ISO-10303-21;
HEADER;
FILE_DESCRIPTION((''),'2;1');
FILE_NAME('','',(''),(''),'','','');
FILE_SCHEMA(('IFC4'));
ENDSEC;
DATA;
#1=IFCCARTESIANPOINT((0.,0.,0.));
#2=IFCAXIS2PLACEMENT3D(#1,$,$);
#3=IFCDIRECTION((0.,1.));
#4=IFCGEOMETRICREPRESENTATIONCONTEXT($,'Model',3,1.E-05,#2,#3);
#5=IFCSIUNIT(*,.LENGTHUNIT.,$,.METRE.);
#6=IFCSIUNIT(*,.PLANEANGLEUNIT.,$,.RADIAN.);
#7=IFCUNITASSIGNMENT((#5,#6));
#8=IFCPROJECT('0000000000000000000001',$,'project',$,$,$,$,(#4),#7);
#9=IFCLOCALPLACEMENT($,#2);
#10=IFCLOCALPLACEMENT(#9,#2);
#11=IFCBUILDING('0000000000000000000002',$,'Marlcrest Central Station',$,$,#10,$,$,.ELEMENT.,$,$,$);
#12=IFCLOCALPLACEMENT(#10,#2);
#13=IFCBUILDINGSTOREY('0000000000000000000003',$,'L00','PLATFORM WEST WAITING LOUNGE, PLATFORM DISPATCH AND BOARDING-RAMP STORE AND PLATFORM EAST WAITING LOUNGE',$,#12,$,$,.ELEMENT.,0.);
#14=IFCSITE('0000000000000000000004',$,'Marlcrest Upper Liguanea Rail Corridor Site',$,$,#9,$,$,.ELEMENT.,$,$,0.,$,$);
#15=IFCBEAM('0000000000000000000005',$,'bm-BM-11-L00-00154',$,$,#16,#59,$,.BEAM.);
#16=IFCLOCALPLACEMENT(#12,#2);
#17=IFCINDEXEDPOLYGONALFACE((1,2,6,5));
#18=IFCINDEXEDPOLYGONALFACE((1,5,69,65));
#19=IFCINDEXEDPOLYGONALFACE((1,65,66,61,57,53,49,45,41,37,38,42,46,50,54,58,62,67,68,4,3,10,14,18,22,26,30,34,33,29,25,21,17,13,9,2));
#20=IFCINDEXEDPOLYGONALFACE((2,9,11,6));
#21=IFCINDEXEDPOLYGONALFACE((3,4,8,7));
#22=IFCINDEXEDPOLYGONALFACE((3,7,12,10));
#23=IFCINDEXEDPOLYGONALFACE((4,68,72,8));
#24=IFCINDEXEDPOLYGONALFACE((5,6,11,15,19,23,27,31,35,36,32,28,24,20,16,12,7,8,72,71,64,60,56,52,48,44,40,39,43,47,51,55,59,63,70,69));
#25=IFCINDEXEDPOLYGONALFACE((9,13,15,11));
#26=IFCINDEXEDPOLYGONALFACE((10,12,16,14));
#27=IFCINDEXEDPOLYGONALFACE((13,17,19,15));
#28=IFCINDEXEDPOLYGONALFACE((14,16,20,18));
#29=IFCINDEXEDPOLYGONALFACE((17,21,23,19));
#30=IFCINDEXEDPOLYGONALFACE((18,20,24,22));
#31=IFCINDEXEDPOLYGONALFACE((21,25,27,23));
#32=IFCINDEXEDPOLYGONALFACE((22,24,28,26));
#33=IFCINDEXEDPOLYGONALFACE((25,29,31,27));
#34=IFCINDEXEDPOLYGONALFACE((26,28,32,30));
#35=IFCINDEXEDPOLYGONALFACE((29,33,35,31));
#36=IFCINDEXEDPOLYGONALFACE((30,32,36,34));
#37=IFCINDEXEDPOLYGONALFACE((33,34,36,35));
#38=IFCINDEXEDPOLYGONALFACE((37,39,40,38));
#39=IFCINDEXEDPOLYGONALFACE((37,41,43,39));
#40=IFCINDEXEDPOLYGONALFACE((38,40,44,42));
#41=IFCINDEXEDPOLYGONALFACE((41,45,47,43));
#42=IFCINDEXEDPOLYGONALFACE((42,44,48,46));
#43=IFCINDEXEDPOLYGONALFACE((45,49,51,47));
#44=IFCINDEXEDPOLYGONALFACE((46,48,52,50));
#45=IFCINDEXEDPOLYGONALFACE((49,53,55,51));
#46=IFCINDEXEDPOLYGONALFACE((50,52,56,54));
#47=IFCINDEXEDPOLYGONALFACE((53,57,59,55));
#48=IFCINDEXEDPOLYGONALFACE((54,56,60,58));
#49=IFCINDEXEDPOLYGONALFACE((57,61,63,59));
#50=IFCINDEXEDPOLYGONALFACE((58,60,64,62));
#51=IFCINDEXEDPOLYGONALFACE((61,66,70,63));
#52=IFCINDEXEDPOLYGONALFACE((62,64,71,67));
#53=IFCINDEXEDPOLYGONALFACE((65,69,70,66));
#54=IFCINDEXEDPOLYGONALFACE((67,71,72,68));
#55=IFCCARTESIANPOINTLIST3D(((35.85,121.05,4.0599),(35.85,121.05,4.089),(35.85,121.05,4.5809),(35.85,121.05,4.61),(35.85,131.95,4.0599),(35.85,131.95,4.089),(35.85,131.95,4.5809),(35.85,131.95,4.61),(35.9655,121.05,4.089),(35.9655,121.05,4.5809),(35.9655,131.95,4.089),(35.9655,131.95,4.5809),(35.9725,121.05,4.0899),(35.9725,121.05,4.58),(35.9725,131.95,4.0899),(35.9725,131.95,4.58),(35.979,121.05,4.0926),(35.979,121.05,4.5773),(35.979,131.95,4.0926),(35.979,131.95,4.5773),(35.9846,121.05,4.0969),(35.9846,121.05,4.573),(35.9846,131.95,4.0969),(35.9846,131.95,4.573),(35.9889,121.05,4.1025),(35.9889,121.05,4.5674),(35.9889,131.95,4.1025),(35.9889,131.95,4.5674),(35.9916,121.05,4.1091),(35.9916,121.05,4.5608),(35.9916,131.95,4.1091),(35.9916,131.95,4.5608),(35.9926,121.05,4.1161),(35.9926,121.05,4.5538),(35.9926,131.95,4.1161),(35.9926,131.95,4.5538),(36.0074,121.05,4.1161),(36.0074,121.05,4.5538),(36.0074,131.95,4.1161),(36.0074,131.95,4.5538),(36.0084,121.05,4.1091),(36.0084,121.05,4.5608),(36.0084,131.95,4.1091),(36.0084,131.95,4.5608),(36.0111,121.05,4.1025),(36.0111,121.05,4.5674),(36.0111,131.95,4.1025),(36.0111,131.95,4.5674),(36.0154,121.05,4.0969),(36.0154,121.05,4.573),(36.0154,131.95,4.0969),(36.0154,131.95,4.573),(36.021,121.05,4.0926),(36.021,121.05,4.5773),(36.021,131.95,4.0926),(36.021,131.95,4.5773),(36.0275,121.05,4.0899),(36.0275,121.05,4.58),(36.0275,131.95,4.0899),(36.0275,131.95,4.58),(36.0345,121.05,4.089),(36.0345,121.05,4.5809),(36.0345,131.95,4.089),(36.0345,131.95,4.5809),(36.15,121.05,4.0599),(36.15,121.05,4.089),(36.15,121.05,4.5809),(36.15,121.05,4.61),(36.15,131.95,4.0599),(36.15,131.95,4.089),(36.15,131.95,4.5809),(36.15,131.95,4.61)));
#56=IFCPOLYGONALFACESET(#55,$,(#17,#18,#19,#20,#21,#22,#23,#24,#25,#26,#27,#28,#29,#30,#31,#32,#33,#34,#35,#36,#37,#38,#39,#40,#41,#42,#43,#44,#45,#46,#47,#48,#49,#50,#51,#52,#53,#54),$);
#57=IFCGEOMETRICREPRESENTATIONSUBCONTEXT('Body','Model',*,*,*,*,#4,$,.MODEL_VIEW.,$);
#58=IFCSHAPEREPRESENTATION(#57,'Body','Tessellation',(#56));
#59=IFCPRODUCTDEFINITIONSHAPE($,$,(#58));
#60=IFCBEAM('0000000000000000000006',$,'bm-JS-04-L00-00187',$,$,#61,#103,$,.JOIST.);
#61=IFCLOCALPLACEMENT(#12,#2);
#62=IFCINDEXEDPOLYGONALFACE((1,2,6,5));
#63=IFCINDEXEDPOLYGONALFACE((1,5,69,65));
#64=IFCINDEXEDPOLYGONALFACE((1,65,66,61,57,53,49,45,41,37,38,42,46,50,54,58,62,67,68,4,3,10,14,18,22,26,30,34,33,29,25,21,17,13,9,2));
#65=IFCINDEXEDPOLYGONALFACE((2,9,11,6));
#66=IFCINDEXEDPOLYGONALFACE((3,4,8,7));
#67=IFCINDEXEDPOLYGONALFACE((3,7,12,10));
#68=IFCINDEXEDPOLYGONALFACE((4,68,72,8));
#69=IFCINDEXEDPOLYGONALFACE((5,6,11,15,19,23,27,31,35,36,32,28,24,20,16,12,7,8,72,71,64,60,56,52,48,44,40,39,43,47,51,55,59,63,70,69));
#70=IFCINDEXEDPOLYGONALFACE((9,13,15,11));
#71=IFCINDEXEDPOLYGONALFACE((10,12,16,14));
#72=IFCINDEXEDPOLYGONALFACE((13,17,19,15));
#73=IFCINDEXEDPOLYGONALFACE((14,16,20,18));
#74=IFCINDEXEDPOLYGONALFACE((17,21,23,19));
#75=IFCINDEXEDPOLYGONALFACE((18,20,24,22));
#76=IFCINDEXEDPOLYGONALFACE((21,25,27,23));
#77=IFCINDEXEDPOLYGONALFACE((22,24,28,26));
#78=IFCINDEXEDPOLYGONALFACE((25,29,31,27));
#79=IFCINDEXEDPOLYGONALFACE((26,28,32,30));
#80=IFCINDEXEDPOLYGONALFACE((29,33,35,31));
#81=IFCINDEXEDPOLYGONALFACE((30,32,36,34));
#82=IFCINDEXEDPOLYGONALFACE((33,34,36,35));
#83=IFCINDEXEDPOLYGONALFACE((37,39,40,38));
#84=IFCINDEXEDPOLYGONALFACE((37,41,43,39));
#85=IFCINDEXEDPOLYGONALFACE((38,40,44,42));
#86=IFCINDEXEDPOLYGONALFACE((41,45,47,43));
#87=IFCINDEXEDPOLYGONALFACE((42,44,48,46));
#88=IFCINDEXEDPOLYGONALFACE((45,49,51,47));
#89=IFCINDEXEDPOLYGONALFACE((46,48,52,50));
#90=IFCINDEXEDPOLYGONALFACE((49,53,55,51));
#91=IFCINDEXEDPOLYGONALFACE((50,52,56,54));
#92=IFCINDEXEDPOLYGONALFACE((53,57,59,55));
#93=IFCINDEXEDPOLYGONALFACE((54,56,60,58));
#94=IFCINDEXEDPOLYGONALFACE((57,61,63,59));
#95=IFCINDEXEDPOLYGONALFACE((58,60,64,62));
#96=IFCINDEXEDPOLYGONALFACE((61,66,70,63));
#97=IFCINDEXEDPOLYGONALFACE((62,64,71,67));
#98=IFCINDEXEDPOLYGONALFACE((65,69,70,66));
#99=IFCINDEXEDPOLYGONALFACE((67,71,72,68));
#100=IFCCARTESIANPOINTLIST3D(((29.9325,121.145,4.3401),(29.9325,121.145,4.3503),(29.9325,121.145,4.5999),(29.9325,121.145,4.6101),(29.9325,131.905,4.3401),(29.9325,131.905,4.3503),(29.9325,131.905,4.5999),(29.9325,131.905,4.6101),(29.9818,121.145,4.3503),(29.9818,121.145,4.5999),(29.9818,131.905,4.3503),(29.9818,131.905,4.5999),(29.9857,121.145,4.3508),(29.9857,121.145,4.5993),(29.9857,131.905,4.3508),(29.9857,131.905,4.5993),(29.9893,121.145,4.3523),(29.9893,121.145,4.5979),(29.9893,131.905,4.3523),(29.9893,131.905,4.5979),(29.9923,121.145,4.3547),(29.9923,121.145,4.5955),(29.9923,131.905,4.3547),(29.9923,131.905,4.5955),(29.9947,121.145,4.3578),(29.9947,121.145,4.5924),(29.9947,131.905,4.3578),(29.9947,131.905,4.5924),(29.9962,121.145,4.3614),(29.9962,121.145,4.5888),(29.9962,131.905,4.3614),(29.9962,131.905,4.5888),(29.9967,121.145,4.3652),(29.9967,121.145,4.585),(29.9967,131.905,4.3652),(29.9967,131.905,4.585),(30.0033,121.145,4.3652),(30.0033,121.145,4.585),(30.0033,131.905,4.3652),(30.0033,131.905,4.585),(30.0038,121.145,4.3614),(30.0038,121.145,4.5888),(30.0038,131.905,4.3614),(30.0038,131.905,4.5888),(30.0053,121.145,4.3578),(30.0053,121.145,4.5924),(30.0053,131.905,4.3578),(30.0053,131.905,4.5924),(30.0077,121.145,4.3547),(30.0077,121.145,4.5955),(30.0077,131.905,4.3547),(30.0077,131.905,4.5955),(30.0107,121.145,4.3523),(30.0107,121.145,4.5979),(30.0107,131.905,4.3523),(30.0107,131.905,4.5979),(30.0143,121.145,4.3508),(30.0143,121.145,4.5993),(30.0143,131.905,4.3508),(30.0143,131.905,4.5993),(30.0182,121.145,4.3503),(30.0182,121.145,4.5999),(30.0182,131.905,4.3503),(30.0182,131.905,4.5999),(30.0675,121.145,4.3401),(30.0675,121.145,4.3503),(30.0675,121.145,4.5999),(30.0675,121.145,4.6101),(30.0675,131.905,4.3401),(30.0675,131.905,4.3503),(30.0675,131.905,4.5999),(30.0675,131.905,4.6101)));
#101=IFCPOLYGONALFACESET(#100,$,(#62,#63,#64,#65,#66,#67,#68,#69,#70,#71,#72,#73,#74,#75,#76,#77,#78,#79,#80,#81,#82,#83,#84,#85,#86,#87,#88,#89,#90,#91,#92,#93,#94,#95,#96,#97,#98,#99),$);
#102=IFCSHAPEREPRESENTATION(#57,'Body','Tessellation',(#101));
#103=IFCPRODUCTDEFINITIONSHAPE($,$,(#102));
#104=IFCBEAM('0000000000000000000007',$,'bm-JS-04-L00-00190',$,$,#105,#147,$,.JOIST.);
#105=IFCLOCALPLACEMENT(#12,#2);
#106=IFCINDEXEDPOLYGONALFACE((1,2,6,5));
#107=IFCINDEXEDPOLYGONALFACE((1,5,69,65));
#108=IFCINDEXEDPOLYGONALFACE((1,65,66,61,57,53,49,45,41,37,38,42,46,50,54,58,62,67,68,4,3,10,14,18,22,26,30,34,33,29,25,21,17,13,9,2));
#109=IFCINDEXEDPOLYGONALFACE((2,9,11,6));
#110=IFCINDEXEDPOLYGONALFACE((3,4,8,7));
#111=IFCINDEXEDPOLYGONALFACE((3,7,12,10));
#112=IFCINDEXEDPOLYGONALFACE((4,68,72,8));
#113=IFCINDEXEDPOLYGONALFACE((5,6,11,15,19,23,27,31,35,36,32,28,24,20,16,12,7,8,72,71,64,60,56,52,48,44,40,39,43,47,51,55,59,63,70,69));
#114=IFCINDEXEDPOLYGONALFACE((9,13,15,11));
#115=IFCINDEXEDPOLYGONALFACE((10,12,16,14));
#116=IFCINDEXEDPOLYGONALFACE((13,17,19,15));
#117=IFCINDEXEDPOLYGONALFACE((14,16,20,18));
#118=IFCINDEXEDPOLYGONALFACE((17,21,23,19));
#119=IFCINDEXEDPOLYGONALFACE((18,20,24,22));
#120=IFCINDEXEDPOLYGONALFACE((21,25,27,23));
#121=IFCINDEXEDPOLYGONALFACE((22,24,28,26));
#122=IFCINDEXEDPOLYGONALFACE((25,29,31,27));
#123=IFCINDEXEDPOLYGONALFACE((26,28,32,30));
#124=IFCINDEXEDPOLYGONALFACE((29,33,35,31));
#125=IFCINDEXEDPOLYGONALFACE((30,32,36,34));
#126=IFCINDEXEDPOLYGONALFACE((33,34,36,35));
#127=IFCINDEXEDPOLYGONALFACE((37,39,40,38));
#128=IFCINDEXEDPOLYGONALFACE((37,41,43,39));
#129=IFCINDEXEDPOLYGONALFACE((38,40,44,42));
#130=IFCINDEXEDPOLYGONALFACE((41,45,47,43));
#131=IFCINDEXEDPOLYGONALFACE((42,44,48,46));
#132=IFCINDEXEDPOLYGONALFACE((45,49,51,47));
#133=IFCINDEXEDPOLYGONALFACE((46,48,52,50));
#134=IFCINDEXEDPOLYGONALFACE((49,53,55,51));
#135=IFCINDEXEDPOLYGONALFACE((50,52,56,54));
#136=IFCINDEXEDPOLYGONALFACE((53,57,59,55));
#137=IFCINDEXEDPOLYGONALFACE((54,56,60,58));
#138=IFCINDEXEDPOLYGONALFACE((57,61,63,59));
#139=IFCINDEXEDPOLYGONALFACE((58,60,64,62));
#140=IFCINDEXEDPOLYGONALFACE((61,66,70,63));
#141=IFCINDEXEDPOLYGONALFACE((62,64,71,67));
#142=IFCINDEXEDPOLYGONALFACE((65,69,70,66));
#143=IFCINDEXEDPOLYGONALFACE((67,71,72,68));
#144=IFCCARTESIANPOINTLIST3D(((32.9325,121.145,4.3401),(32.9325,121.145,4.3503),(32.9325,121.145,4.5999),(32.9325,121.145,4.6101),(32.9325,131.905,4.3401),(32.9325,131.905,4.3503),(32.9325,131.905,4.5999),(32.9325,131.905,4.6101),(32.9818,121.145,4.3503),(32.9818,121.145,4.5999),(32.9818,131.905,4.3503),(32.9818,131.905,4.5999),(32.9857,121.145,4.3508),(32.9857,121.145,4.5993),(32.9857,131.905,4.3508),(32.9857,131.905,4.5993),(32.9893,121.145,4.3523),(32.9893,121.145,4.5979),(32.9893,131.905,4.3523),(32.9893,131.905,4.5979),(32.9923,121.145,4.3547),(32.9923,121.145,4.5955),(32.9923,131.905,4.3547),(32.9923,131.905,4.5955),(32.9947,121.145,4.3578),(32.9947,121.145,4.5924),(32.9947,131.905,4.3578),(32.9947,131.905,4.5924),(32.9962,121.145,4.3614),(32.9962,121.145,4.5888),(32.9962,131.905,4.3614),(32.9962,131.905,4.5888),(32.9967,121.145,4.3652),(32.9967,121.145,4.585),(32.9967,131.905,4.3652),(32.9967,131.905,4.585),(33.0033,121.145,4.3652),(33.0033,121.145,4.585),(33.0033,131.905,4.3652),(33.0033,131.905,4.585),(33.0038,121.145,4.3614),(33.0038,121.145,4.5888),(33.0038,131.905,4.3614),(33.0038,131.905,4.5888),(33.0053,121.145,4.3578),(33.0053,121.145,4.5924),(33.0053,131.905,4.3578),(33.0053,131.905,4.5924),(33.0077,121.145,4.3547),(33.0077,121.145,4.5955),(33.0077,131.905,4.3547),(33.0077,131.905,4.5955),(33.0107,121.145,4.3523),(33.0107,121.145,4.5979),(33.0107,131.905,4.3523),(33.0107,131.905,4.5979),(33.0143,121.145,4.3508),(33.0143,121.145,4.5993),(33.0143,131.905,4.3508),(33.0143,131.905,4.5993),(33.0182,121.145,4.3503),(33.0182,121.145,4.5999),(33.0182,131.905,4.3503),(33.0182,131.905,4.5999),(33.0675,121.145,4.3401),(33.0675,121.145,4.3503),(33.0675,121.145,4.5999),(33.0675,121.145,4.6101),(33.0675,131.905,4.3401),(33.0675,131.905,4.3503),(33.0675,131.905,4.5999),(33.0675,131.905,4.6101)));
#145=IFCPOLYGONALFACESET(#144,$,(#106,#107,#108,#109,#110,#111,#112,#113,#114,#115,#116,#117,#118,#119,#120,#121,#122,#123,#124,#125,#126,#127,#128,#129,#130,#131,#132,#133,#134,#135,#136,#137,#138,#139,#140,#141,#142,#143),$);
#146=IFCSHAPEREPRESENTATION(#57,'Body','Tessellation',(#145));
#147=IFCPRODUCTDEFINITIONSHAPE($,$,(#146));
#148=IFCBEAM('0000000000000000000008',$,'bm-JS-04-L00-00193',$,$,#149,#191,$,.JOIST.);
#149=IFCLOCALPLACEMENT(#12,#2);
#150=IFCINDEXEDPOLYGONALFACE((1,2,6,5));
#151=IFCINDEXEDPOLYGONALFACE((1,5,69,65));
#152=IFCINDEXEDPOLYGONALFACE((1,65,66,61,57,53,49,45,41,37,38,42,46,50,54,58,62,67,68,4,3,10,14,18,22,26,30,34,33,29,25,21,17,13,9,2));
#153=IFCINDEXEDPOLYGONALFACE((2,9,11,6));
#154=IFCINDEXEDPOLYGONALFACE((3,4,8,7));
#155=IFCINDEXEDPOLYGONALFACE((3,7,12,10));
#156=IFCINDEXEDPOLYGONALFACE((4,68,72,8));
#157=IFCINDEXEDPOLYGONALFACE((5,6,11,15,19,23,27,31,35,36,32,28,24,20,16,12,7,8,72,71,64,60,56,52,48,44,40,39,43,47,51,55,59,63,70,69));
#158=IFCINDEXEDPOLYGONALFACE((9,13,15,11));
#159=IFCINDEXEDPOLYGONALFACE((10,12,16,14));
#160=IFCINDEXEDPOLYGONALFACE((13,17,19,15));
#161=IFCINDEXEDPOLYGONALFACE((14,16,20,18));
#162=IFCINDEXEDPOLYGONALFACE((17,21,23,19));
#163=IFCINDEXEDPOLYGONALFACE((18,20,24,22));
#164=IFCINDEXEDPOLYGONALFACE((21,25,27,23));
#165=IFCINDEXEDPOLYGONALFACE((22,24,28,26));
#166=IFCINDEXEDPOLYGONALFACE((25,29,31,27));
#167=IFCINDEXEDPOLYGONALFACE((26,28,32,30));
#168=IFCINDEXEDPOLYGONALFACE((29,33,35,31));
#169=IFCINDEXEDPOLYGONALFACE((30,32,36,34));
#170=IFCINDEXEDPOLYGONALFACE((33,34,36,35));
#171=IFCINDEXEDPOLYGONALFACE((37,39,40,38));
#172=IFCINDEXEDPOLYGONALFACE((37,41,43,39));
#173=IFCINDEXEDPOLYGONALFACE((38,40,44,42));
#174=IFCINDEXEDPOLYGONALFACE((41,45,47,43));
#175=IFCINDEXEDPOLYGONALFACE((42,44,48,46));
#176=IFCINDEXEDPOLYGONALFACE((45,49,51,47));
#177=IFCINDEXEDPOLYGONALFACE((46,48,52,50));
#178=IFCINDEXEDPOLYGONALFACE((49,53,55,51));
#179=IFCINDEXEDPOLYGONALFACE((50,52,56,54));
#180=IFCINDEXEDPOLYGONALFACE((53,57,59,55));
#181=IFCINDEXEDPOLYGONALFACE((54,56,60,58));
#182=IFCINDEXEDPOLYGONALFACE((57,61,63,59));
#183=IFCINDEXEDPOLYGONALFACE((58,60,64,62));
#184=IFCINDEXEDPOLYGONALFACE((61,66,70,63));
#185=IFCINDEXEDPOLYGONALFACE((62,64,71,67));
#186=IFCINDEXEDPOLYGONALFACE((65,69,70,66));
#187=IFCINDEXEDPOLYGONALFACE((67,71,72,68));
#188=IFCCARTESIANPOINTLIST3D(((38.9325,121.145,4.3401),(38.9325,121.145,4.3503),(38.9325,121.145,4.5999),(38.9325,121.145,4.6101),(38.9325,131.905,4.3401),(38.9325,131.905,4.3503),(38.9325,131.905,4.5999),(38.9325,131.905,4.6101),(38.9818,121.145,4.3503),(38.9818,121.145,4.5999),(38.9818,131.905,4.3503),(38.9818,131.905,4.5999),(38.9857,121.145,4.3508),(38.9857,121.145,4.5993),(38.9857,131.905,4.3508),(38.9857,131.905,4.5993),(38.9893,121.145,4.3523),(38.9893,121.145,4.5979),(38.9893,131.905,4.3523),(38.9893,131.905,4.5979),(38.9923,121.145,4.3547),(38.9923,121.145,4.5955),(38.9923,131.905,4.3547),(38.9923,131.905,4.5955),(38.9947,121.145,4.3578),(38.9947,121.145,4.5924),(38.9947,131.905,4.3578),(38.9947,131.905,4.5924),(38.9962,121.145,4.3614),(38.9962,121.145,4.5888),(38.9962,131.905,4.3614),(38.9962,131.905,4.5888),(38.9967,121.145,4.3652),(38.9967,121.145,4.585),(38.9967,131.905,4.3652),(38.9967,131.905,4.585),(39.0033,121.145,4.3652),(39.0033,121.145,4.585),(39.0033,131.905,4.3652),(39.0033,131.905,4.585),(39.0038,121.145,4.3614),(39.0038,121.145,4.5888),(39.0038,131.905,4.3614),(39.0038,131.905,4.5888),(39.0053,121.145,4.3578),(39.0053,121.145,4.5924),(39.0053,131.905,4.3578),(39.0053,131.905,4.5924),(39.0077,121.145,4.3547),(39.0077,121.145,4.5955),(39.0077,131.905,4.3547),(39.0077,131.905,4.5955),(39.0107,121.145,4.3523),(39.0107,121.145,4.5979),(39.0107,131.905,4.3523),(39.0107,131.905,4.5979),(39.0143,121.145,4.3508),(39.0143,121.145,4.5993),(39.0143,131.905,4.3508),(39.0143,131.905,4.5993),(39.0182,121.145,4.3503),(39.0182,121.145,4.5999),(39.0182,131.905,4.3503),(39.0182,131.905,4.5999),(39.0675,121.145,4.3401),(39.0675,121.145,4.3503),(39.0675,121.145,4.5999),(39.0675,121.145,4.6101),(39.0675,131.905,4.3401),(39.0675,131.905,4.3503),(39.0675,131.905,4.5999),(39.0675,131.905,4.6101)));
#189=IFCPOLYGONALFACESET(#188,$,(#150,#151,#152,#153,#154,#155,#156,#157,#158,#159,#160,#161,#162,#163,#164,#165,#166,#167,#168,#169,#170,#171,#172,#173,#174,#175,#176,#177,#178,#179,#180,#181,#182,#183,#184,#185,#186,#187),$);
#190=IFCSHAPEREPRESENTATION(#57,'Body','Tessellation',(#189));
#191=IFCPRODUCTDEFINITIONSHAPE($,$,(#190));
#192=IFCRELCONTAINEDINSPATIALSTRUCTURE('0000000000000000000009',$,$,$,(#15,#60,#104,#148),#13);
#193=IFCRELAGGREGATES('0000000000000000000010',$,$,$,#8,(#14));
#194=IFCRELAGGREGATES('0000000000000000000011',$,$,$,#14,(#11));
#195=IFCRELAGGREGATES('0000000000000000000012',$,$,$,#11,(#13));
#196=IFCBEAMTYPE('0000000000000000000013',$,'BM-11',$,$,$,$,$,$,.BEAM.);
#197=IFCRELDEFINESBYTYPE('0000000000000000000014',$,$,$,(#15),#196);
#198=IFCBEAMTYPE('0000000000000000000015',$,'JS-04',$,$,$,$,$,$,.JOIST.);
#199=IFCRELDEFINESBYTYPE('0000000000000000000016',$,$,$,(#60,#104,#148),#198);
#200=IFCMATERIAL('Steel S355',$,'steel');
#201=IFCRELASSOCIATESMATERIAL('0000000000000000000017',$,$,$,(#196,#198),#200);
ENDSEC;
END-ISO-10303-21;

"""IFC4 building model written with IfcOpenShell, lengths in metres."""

from ifc_helpers import new_model, si_unit, direction, frame, origin, origin_2d, place, context, subcontext, project, spatial, i_section, extrude, material, material_profile, profile_set, type_object, element, save


model = new_model("IFC4")

# Units and contexts
model_context = context("Model", 3, precision=1e-05, world=origin(), true_north=direction((0.0, 1.0)))
body_context = subcontext(model_context, "Body", "Model", "MODEL_VIEW")
ifc_project = project(units=[si_unit("LENGTHUNIT", "METRE"), si_unit("PLANEANGLEUNIT", "RADIAN")], contexts=[model_context])

# Site, building, storey
site_placement = place(None, origin())
site = spatial("IfcSite", under=ifc_project, at=site_placement, Name="Marlcrest Upper Liguanea Rail Corridor Site", CompositionType="ELEMENT", RefElevation=0.0)
building_placement = place(site_placement, origin())
building = spatial("IfcBuilding", under=site, at=building_placement, Name="Marlcrest Central Station", CompositionType="ELEMENT")
storey_placement = place(building_placement, origin())
storey = spatial("IfcBuildingStorey", under=building, at=storey_placement, Name="L00", Description="PLATFORM WEST WAITING LOUNGE, PLATFORM DISPATCH AND BOARDING-RAMP STORE AND PLATFORM EAST WAITING LOUNGE", CompositionType="ELEMENT", Elevation=0.0)

# Shared definitions
ifc_material_1 = material(Name="Steel S355", Category="steel")

# Beams
ifc_material_profile_1 = material_profile(ifc_material_1, i_section(OverallWidth=0.3, OverallDepth=0.55, WebThickness=0.0149, FlangeThickness=0.0291, FilletRadius=0.0271, at=origin_2d()), Name="HEB 550")
ifc_profile_set_1 = profile_set([ifc_material_profile_1], Name="Steel S355")
beam_type_1 = type_object("IfcBeamType", Name="BM-11", PredefinedType="BEAM", material=ifc_profile_set_1)
for number, where, z_axis, x_axis, name in (
    (1, (36.0, 121.05, 4.335), (0.0, 1.0, 0.0), (-1.0, 0.0, 0.0), "bm-BM-11-L00-00154"),
):
    element("IfcBeam", number, at=place(storey_placement, frame(where, z_axis=z_axis, x_axis=x_axis)), inside=storey, type_object=beam_type_1, Name=name, PredefinedType="BEAM", context=body_context, shape_type="SweptSolid", body=[
        extrude(i_section(OverallWidth=0.3, OverallDepth=0.55, WebThickness=0.0149, FlangeThickness=0.0291, FilletRadius=0.0271, at=origin_2d()), origin(), (0.0, 0.0, 1.0), 10.8999),
    ])
ifc_material_profile_2 = material_profile(ifc_material_1, i_section(OverallWidth=0.135, OverallDepth=0.27, WebThickness=0.0066, FlangeThickness=0.0103, FilletRadius=0.0149, at=origin_2d()), Name="IPE 270")
ifc_profile_set_2 = profile_set([ifc_material_profile_2], Name="Steel S355")
beam_type_2 = type_object("IfcBeamType", Name="JS-04", PredefinedType="JOIST", material=ifc_profile_set_2)
for number, where, z_axis, x_axis, name in (
    (2, (30.0, 121.145, 4.4751), (0.0, 1.0, 0.0), (-1.0, 0.0, 0.0), "bm-JS-04-L00-00187"),
    (3, (33.0, 121.145, 4.4751), (0.0, 1.0, 0.0), (-1.0, 0.0, 0.0), "bm-JS-04-L00-00190"),
    (4, (39.0, 121.145, 4.4751), (0.0, 1.0, 0.0), (-1.0, 0.0, 0.0), "bm-JS-04-L00-00193"),
):
    element("IfcBeam", number, at=place(storey_placement, frame(where, z_axis=z_axis, x_axis=x_axis)), inside=storey, type_object=beam_type_2, Name=name, PredefinedType="JOIST", context=body_context, shape_type="SweptSolid", body=[
        extrude(i_section(OverallWidth=0.135, OverallDepth=0.27, WebThickness=0.0066, FlangeThickness=0.0103, FilletRadius=0.0149, at=origin_2d()), origin(), (0.0, 0.0, 1.0), 10.76),
    ])

save(model, "model.ifc")
